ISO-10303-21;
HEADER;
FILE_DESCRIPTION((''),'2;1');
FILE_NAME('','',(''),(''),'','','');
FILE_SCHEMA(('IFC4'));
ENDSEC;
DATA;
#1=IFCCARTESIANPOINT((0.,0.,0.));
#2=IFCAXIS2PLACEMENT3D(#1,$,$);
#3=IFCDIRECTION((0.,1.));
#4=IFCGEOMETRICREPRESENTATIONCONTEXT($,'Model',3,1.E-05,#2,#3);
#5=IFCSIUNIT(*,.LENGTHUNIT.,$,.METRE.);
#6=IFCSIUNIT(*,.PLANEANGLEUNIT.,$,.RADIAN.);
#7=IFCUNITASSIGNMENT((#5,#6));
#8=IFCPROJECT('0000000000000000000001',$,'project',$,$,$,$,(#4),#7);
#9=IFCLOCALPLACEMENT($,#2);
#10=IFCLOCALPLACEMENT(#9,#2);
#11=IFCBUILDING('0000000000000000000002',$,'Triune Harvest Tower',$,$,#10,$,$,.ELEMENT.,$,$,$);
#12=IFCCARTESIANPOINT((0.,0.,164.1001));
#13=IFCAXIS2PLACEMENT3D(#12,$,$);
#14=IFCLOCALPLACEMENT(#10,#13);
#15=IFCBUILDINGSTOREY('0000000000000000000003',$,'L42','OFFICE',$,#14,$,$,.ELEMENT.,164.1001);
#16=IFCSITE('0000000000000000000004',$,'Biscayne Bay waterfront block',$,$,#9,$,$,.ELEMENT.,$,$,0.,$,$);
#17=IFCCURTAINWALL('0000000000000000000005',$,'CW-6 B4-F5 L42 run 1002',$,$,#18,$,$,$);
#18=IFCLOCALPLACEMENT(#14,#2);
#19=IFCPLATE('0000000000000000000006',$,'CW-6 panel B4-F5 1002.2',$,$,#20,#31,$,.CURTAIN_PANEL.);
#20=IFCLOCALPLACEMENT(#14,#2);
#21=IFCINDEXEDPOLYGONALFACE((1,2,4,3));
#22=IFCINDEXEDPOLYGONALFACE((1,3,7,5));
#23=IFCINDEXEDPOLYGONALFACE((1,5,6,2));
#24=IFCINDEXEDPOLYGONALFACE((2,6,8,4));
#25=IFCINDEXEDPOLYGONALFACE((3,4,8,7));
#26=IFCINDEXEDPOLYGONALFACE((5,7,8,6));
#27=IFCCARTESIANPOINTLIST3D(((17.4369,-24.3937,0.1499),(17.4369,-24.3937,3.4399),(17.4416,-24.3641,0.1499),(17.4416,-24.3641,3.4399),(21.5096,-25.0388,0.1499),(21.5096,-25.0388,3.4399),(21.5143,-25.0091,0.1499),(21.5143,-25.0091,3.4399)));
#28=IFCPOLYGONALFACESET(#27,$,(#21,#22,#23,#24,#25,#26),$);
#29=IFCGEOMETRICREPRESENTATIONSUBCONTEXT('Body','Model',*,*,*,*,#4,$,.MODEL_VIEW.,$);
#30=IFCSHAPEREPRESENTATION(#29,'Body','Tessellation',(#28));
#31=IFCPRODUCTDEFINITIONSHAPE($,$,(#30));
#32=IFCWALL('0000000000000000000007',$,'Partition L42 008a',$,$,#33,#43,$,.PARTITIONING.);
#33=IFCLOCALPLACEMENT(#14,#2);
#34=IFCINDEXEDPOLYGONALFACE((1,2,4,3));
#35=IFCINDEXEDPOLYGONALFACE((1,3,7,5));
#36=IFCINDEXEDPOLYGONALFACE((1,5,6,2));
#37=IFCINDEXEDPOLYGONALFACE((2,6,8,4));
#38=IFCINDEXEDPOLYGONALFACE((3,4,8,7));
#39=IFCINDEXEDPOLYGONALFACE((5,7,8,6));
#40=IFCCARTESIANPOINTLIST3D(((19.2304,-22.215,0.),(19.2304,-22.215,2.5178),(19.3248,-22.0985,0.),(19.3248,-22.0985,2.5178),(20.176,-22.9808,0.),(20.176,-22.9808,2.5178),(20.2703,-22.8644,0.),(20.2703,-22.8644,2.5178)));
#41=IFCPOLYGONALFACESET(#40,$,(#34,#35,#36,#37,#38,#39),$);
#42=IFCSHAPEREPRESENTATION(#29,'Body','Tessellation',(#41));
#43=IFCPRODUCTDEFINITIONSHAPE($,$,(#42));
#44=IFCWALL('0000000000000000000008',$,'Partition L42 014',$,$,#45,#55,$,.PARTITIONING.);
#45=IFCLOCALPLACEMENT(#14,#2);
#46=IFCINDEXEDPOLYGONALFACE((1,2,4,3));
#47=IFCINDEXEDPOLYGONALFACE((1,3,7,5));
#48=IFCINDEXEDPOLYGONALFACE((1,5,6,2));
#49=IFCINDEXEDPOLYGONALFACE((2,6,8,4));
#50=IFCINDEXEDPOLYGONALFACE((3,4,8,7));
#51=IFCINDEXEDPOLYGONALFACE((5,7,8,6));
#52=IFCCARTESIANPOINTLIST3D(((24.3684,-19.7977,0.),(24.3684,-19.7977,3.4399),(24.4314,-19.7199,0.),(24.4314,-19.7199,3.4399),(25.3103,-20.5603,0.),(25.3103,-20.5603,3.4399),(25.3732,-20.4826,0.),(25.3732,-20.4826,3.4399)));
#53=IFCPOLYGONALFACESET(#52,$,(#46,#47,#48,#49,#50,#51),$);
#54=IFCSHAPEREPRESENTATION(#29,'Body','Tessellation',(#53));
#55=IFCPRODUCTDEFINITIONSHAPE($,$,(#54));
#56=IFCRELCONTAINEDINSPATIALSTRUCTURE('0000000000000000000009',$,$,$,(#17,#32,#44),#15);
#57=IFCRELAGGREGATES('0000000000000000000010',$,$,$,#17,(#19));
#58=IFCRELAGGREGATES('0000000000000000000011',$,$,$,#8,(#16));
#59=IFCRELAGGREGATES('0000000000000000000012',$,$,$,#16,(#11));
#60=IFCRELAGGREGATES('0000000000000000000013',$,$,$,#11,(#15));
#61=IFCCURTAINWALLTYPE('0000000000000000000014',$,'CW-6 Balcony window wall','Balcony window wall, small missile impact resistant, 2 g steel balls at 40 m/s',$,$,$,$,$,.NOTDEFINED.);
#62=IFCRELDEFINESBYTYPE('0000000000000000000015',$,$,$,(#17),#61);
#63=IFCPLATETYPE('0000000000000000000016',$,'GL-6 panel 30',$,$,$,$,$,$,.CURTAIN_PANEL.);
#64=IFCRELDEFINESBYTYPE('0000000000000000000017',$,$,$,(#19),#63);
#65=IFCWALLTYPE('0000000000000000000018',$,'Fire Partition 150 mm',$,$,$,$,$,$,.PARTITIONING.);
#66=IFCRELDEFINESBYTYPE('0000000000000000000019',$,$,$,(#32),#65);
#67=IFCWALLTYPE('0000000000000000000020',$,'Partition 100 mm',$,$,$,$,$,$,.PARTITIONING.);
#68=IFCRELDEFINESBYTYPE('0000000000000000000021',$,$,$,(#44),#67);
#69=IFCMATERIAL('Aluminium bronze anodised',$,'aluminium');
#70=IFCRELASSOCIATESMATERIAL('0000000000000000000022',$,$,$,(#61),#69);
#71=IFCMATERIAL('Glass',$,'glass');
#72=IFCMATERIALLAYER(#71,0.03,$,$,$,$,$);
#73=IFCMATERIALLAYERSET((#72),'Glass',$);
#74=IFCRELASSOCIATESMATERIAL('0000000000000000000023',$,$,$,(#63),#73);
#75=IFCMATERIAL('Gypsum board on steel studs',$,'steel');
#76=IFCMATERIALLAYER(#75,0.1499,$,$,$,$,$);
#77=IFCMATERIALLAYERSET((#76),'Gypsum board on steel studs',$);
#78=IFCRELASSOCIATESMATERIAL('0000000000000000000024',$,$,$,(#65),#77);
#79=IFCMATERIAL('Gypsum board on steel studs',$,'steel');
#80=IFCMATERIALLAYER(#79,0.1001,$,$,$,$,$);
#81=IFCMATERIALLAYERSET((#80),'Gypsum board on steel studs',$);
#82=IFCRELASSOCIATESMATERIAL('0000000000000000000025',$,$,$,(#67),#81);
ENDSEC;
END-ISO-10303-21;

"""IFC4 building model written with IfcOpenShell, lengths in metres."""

from ifc_helpers import new_model, si_unit, direction, frame, frame_2d, origin, origin_2d, place, context, subcontext, project, spatial, rectangle, extrude, source, transform, mapped, material, layer, layer_set, type_object, element, aggregate, save


model = new_model("IFC4")

# Units and contexts
model_context = context("Model", 3, precision=1e-05, world=origin(), true_north=direction((0.0, 1.0)))
body_context = subcontext(model_context, "Body", "Model", "MODEL_VIEW")
ifc_project = project(units=[si_unit("LENGTHUNIT", "METRE"), si_unit("PLANEANGLEUNIT", "RADIAN")], contexts=[model_context])

# Site, building, storey
site_placement = place(None, origin())
site = spatial("IfcSite", under=ifc_project, at=site_placement, Name="Biscayne Bay waterfront block", CompositionType="ELEMENT", RefElevation=0.0)
building_placement = place(site_placement, origin())
building = spatial("IfcBuilding", under=site, at=building_placement, Name="Triune Harvest Tower", CompositionType="ELEMENT")
storey_placement = place(building_placement, frame((0.0, 0.0, 164.1001)))
storey = spatial("IfcBuildingStorey", under=building, at=storey_placement, Name="L42", Description="OFFICE", CompositionType="ELEMENT", Elevation=164.1001)

# Curtain wall
ifc_material_1 = material(Name="Aluminium bronze anodised", Category="aluminium")
curtain_wall_type_1 = type_object("IfcCurtainWallType", Name="CW-6 Balcony window wall", Description="Balcony window wall, small missile impact resistant, 2 g steel balls at 40 m/s", PredefinedType="NOTDEFINED", material=ifc_material_1)
curtain_wall_1_placement = place(storey_placement, origin())
curtain_wall_1 = element("IfcCurtainWall", 1, at=curtain_wall_1_placement, inside=storey, type_object=curtain_wall_type_1, Name="CW-6 B4-F5 L42 run 1002")

# Plate
ifc_material_2 = material(Name="Glass", Category="glass")
ifc_layer_1 = layer(ifc_material_2, 0.03)
ifc_layer_set_1 = layer_set([ifc_layer_1], Name="Glass")
plate_type_1 = type_object("IfcPlateType", Name="GL-6 panel 30", PredefinedType="CURTAIN_PANEL", material=ifc_layer_set_1)
shared_shape_1 = source(origin(), body_context, "Body", "SweptSolid", [
    extrude(rectangle(XDim=4.1235, YDim=0.03, at=origin_2d()), origin(), (0.0, 0.0, 1.0), 3.29),
])
plate_1_placement = place(storey_placement, frame((19.4756, -24.7014, 0.1499), z_axis=(0.0, 0.0, 1.0), x_axis=(0.987688, -0.156434, 0.0)))
plate_1 = element("IfcPlate", 2, at=plate_1_placement, type_object=plate_type_1, Name="CW-6 panel B4-F5 1002.2", PredefinedType="CURTAIN_PANEL", context=body_context, shape_type="MappedRepresentation", body=[
    mapped(shared_shape_1, transform((0.0, 0.0, 0.0), scale=1.0)),
])
aggregate(curtain_wall_1, [plate_1])

# Walls
ifc_material_3 = material(Name="Gypsum board on steel studs", Category="steel")
ifc_layer_2 = layer(ifc_material_3, 0.1499)
ifc_layer_set_2 = layer_set([ifc_layer_2], Name="Gypsum board on steel studs")
wall_type_1 = type_object("IfcWallType", Name="Fire Partition 150 mm", PredefinedType="PARTITIONING", material=ifc_layer_set_2)
wall_1_placement = place(storey_placement, frame((19.2776, -22.1567, 0.0), z_axis=(0.0, 0.0, 1.0), x_axis=(0.777077, -0.629406, 0.0)))
element("IfcWall", 3, at=wall_1_placement, inside=storey, type_object=wall_type_1, Name="Partition L42 008a", PredefinedType="PARTITIONING", context=body_context, shape_type="SweptSolid", body=[
    extrude(rectangle(XDim=1.2168, YDim=0.1499, at=frame_2d((0.6084, 0.0))), origin(), (0.0, 0.0, 1.0), 2.5178),
])
ifc_material_4 = material(Name="Gypsum board on steel studs", Category="steel")
ifc_layer_3 = layer(ifc_material_4, 0.1001)
ifc_layer_set_3 = layer_set([ifc_layer_3], Name="Gypsum board on steel studs")
wall_type_2 = type_object("IfcWallType", Name="Partition 100 mm", PredefinedType="PARTITIONING", material=ifc_layer_set_3)
shared_shape_2 = source(origin(), body_context, "Body", "SweptSolid", [
    extrude(rectangle(XDim=1.2119, YDim=0.1001, at=frame_2d((0.606, 0.0))), origin(), (0.0, 0.0, 1.0), 3.4399),
])
wall_2_placement = place(storey_placement, frame((24.3999, -19.7588, 0.0), z_axis=(0.0, 0.0, 1.0), x_axis=(0.77716, -0.629303, 0.0)))
element("IfcWall", 4, at=wall_2_placement, inside=storey, type_object=wall_type_2, Name="Partition L42 014", PredefinedType="PARTITIONING", context=body_context, shape_type="MappedRepresentation", body=[
    mapped(shared_shape_2, transform((0.0, 0.0, 0.0), scale=1.0)),
])

save(model, "model.ifc")
